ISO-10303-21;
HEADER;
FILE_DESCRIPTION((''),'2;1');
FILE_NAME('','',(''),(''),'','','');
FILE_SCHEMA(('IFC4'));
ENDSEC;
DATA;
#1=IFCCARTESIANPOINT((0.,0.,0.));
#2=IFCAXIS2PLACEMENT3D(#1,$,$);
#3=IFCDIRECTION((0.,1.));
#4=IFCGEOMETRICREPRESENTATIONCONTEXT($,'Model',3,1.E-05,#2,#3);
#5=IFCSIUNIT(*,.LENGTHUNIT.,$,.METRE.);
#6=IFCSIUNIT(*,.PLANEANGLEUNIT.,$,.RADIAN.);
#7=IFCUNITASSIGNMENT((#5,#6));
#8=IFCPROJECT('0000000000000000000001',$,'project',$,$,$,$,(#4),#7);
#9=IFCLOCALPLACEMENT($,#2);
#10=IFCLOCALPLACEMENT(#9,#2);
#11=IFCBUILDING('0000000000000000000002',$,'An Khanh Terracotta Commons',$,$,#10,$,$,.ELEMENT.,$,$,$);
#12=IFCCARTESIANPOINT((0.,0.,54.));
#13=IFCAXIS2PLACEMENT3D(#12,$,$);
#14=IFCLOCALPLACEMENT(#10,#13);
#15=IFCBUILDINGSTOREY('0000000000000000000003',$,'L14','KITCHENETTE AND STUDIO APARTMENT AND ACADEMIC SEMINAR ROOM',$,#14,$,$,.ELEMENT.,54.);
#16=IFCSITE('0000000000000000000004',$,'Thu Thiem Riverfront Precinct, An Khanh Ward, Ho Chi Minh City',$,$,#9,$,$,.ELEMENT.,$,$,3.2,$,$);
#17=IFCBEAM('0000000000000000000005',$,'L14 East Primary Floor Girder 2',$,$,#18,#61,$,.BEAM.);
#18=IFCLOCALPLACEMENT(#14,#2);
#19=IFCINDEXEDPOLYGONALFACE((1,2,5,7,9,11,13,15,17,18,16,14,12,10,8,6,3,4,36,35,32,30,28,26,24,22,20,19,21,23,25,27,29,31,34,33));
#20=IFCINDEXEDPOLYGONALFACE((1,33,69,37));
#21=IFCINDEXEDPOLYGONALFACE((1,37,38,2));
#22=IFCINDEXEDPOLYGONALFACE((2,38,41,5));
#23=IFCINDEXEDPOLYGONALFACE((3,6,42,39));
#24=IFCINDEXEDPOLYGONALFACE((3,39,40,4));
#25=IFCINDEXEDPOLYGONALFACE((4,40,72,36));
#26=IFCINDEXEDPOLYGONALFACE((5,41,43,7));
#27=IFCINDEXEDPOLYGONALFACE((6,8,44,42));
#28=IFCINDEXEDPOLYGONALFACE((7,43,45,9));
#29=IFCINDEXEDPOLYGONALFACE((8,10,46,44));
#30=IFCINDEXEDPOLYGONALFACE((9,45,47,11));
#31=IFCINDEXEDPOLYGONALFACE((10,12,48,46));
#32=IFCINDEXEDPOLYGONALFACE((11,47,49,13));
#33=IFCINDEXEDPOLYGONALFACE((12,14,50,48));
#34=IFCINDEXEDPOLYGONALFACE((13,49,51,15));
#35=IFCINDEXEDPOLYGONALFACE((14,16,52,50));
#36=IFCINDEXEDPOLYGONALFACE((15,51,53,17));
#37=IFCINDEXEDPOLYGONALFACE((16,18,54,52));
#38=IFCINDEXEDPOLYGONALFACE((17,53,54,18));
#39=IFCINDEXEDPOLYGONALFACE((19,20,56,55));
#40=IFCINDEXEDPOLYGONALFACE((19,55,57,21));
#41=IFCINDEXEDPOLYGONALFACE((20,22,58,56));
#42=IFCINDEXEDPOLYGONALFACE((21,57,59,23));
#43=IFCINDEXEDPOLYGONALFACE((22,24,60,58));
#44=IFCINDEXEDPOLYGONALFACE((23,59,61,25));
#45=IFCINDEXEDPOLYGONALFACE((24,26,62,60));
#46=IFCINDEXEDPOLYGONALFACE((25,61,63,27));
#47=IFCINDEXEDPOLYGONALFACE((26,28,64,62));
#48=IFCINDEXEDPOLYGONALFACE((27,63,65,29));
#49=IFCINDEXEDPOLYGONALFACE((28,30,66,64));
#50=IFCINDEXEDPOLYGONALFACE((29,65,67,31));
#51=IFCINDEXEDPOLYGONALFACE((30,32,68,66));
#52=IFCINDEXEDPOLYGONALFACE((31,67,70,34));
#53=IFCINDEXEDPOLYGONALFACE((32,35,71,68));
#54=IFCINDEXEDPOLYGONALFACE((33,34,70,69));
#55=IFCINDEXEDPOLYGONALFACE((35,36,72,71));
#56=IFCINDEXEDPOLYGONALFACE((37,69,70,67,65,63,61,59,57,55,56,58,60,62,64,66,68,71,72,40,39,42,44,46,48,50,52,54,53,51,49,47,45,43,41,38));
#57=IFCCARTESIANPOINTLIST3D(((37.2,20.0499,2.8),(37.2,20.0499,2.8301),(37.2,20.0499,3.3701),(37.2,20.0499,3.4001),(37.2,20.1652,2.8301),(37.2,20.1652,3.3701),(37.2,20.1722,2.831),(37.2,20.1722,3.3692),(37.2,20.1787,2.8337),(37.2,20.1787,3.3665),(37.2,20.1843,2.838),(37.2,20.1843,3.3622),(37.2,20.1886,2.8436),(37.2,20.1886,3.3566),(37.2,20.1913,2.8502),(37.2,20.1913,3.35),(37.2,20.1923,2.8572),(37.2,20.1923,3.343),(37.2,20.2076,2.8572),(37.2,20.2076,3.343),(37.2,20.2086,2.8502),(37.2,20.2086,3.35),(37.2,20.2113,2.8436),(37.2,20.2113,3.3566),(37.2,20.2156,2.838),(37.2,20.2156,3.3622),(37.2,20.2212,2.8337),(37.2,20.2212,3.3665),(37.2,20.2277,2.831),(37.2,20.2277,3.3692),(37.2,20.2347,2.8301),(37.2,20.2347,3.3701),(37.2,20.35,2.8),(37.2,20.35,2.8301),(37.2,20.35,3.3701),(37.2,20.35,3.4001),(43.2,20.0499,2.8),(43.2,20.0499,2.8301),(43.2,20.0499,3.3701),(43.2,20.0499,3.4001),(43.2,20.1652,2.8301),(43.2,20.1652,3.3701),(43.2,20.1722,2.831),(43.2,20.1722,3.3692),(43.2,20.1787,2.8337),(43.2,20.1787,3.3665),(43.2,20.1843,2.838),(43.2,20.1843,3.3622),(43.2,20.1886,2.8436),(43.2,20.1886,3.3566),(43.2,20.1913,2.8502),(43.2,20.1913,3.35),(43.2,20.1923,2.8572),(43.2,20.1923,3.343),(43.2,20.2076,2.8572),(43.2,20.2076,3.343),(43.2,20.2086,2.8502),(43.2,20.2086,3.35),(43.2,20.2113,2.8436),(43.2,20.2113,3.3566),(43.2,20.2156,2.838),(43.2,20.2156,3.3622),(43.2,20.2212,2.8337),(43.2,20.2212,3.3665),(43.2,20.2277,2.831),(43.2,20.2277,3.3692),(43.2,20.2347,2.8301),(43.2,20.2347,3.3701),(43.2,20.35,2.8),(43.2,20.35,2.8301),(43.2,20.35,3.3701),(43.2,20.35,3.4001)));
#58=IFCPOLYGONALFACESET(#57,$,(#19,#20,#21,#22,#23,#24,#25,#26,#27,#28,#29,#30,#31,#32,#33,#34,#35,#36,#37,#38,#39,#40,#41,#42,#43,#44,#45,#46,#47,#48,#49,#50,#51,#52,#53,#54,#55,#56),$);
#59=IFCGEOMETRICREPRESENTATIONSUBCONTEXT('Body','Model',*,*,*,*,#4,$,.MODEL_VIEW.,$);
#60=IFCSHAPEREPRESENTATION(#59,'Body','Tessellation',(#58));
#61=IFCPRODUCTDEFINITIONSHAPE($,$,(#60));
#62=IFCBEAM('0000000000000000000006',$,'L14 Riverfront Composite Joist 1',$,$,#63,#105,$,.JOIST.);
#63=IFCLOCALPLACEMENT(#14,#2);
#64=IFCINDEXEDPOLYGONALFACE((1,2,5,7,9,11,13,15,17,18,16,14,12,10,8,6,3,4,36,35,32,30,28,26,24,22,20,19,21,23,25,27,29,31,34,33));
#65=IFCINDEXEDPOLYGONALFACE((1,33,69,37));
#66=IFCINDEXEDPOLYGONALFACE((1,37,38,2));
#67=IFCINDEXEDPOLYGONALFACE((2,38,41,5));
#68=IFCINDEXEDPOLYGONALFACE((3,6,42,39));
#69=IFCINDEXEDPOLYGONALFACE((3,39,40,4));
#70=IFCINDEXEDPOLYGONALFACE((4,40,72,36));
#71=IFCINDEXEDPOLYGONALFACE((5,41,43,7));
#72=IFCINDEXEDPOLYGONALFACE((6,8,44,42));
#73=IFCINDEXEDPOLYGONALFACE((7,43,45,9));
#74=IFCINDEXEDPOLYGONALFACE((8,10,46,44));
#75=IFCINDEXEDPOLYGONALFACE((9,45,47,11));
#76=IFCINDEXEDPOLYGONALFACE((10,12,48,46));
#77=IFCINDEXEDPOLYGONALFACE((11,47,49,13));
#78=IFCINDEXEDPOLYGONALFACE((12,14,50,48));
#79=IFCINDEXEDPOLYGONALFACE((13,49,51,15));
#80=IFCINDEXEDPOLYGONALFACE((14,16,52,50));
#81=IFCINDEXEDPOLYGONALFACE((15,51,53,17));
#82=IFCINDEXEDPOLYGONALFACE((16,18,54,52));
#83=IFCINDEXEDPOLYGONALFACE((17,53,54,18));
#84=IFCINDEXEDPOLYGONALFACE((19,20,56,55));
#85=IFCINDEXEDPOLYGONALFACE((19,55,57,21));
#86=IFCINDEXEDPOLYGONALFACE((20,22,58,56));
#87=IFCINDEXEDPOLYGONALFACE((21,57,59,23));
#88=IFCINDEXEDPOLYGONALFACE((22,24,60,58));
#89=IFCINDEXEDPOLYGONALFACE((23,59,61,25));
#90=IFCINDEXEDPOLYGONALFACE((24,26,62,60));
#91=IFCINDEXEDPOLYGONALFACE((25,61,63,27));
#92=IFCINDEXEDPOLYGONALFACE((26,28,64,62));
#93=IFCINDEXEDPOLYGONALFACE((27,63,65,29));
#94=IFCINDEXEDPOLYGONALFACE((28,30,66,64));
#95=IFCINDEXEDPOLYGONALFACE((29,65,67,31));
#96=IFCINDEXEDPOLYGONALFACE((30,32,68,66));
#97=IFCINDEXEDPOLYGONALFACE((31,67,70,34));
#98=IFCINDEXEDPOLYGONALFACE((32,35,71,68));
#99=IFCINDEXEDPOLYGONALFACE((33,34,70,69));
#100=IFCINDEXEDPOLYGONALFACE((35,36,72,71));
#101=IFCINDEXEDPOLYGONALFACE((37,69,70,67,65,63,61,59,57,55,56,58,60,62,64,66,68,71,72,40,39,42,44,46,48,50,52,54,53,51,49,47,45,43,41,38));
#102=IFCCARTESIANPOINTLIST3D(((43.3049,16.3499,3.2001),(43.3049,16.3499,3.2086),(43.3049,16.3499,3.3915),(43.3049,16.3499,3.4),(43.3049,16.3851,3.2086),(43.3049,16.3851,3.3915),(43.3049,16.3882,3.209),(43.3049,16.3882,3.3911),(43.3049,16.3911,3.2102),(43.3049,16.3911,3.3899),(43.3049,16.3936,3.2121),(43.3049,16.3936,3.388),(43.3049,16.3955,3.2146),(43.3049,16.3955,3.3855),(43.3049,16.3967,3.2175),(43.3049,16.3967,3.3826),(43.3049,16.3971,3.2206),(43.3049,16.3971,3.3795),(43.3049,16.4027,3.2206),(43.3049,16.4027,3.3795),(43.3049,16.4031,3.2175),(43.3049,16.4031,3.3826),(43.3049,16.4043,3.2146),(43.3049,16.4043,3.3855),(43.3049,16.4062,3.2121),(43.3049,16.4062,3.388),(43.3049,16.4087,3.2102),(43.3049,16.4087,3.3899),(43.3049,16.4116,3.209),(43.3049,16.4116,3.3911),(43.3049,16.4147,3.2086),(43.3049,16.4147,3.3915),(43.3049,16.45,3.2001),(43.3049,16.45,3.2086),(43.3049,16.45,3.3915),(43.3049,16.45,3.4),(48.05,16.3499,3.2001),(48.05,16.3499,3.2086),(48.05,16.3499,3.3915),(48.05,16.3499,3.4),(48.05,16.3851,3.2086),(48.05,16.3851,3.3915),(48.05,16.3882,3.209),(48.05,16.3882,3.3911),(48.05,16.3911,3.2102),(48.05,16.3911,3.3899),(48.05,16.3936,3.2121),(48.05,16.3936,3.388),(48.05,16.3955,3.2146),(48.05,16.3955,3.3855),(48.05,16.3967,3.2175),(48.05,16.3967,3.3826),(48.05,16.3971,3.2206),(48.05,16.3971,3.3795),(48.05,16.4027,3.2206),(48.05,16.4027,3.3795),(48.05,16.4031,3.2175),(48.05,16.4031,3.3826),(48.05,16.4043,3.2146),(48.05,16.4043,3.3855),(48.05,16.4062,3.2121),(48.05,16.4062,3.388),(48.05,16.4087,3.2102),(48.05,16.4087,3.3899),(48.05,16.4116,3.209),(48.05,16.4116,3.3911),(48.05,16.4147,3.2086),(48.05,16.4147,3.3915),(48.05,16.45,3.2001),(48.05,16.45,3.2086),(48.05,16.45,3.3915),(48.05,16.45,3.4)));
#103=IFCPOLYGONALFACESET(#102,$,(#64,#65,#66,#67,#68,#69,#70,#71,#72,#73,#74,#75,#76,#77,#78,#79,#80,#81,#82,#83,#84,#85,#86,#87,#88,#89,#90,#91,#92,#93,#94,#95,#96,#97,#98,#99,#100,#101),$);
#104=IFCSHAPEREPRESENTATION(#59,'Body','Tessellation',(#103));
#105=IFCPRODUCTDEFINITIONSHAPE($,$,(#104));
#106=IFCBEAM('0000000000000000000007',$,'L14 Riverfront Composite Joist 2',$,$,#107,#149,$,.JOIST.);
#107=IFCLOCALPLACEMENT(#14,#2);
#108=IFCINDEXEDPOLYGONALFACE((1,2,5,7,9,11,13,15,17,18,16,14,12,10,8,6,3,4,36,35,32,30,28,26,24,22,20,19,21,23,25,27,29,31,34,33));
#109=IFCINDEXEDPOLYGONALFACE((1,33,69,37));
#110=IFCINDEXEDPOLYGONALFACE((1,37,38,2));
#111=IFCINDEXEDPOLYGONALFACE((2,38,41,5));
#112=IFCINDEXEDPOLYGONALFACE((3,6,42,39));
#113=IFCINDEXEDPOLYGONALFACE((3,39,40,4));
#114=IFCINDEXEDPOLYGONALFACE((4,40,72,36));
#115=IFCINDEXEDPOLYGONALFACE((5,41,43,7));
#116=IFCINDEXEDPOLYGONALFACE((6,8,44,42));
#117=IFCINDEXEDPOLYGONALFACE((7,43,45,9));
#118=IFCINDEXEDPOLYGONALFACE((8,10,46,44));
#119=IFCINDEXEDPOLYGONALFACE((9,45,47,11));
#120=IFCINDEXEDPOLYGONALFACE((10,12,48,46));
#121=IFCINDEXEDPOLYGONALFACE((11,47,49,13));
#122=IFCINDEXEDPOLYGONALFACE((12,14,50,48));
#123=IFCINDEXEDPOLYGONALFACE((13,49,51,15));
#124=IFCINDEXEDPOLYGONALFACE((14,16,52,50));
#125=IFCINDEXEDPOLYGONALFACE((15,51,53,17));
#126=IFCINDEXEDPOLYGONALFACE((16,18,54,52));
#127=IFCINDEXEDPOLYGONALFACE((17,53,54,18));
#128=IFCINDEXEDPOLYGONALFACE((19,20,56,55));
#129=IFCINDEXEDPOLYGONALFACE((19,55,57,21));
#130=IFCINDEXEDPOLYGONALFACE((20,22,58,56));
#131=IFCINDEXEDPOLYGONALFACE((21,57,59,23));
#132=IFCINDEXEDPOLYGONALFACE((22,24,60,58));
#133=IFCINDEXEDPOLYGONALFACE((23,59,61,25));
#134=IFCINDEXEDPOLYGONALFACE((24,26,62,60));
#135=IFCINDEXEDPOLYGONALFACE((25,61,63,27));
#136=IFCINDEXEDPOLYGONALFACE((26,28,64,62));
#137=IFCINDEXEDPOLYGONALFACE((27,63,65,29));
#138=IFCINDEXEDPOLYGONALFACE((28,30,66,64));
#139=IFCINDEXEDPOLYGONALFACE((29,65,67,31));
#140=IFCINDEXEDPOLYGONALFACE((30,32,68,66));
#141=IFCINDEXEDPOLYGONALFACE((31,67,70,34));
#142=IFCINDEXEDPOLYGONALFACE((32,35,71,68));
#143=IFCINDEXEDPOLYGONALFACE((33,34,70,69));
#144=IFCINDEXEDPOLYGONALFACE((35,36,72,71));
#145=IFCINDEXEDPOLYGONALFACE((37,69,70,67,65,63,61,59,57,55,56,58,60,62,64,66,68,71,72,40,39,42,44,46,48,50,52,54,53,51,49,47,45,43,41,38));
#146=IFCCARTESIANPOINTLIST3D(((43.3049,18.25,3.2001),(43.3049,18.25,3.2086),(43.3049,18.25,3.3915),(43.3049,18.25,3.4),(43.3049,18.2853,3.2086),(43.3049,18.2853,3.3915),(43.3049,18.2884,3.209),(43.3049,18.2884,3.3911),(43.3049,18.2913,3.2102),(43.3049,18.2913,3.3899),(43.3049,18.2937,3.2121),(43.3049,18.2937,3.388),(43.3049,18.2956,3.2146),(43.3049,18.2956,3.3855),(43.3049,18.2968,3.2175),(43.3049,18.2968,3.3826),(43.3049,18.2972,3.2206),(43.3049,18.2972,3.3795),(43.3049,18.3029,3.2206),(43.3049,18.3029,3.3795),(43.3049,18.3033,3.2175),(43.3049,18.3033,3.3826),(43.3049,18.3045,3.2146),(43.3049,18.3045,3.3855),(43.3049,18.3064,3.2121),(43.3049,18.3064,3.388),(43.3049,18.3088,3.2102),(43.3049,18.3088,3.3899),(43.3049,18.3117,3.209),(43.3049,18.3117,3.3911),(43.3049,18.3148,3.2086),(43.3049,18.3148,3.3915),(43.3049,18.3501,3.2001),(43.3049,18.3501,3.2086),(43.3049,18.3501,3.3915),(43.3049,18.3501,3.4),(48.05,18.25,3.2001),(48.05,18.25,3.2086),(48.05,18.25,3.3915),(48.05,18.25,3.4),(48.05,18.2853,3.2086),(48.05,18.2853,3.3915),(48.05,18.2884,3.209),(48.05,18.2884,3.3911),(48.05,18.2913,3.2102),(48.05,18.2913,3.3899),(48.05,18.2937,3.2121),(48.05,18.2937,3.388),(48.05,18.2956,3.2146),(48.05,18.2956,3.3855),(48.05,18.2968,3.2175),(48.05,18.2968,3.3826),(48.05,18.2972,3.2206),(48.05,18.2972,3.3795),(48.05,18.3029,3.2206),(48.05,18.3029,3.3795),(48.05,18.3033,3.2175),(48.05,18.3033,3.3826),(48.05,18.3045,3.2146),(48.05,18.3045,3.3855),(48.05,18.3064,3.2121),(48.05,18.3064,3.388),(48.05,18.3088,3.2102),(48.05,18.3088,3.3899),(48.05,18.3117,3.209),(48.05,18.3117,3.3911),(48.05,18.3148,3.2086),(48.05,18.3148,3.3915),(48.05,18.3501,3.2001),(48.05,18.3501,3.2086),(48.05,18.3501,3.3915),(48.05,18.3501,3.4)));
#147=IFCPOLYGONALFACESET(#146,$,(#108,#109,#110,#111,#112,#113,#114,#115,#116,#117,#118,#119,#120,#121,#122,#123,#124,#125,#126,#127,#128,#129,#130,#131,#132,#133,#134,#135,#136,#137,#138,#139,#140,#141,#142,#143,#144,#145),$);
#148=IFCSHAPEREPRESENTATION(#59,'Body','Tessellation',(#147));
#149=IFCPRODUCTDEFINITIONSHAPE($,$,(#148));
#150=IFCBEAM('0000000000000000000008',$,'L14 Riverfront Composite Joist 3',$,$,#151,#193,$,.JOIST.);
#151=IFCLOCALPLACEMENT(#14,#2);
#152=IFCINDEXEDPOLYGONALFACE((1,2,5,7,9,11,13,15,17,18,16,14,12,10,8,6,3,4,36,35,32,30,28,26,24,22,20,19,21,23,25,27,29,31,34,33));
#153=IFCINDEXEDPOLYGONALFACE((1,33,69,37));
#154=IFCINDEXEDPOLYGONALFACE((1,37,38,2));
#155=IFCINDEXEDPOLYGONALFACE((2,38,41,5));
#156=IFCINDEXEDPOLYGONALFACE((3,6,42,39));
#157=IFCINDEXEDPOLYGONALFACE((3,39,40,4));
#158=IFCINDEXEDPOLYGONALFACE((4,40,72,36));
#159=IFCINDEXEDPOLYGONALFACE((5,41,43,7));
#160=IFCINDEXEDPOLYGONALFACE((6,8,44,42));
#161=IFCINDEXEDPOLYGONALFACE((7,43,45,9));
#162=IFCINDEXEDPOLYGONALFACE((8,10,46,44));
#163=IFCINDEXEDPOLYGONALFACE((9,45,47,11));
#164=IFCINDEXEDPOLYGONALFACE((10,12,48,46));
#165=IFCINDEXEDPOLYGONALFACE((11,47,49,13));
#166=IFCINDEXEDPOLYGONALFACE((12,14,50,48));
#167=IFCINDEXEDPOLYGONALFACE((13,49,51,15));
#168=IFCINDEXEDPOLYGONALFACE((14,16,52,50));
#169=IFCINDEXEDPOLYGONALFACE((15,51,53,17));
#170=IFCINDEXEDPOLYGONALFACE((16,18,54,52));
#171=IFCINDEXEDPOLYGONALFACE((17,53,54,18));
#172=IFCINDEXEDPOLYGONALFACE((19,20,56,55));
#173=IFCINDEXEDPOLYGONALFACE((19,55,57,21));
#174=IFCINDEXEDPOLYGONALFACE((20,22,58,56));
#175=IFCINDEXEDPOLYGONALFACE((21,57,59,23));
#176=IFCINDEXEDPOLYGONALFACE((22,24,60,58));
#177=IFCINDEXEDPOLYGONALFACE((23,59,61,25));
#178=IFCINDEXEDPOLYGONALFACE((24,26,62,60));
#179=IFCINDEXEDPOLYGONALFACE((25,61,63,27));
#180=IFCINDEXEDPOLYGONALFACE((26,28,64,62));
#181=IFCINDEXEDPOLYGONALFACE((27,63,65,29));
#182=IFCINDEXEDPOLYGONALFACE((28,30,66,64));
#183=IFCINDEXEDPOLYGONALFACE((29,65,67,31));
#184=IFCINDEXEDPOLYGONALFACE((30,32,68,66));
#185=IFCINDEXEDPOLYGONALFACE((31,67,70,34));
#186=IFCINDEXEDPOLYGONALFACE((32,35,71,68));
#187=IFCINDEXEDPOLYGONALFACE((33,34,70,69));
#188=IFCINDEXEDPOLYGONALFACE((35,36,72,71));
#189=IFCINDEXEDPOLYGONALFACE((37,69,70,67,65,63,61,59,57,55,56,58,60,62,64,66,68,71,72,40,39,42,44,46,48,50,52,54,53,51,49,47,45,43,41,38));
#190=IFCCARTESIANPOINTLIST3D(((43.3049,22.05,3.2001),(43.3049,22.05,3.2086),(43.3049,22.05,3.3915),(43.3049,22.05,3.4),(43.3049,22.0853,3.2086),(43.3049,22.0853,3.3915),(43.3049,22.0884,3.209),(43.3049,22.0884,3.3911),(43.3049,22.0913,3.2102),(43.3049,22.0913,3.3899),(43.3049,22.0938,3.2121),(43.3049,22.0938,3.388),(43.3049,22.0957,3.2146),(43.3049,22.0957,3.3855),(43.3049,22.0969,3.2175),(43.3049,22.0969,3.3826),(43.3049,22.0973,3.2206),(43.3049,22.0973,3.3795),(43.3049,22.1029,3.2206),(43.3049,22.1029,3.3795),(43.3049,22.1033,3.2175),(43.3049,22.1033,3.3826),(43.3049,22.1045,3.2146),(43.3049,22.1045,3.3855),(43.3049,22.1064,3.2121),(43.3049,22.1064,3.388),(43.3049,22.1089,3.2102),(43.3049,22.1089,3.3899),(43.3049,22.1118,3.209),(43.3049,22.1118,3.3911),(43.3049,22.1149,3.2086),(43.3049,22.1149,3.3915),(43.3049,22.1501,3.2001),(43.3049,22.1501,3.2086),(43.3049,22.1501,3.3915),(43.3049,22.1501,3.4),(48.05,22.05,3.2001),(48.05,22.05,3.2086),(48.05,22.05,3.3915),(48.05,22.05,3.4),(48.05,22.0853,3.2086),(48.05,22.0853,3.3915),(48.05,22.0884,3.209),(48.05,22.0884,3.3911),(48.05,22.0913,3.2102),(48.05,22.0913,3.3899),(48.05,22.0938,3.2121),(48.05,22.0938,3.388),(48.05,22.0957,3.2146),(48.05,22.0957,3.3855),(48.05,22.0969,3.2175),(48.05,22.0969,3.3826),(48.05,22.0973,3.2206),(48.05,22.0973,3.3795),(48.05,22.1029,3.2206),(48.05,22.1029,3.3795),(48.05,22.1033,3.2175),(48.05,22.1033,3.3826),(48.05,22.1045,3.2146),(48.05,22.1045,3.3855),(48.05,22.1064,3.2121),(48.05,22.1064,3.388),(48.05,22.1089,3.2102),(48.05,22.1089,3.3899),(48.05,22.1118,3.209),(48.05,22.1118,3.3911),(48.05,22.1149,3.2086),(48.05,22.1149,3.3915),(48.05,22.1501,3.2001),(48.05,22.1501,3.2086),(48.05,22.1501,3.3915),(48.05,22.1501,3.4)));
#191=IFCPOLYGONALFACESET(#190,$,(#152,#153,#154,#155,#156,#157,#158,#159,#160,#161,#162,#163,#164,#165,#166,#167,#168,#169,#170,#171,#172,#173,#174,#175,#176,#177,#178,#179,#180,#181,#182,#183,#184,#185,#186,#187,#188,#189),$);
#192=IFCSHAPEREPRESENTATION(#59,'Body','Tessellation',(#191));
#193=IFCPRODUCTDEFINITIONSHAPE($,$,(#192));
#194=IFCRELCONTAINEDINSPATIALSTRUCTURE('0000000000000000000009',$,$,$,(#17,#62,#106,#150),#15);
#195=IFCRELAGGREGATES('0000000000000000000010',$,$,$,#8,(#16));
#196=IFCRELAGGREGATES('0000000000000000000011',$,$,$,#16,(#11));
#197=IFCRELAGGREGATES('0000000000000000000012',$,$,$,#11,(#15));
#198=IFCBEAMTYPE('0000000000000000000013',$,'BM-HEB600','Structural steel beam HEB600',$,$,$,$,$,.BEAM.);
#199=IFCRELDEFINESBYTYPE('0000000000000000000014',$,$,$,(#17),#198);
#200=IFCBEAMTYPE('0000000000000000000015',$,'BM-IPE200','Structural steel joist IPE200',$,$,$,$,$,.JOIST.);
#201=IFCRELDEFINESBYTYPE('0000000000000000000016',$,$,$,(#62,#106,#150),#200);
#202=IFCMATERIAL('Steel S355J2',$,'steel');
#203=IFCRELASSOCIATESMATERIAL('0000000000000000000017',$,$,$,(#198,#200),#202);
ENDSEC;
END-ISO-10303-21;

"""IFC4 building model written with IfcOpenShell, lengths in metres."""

from ifc_helpers import new_model, si_unit, direction, frame, origin, origin_2d, place, context, subcontext, project, spatial, i_section, extrude, material, material_profile, profile_set, type_object, element, save


model = new_model("IFC4")

# Units and contexts
model_context = context("Model", 3, precision=1e-05, world=origin(), true_north=direction((0.0, 1.0)))
body_context = subcontext(model_context, "Body", "Model", "MODEL_VIEW")
ifc_project = project(units=[si_unit("LENGTHUNIT", "METRE"), si_unit("PLANEANGLEUNIT", "RADIAN")], contexts=[model_context])

# Site, building, storey
site_placement = place(None, origin())
site = spatial("IfcSite", under=ifc_project, at=site_placement, Name="Thu Thiem Riverfront Precinct, An Khanh Ward, Ho Chi Minh City", CompositionType="ELEMENT", RefElevation=3.2)
building_placement = place(site_placement, origin())
building = spatial("IfcBuilding", under=site, at=building_placement, Name="An Khanh Terracotta Commons", CompositionType="ELEMENT")
storey_placement = place(building_placement, frame((0.0, 0.0, 54.0)))
storey = spatial("IfcBuildingStorey", under=building, at=storey_placement, Name="L14", Description="KITCHENETTE AND STUDIO APARTMENT AND ACADEMIC SEMINAR ROOM", CompositionType="ELEMENT", Elevation=54.0)

# Beams
ifc_material_1 = material(Name="Steel S355J2", Category="steel")
ifc_material_profile_1 = material_profile(ifc_material_1, i_section(OverallWidth=0.3, OverallDepth=0.6001, WebThickness=0.0154, FlangeThickness=0.03, FilletRadius=0.0271, at=origin_2d()), Name="HEB600")
ifc_profile_set_1 = profile_set([ifc_material_profile_1], Name="Steel S355J2")
beam_type_1 = type_object("IfcBeamType", Name="BM-HEB600", Description="Structural steel beam HEB600", PredefinedType="BEAM", material=ifc_profile_set_1)
for number, where, z_axis, x_axis, name in (
    (1, (37.2, 20.2, 3.1001), (1.0, 0.0, 0.0), (0.0, 1.0, 0.0), "L14 East Primary Floor Girder 2"),
):
    element("IfcBeam", number, at=place(storey_placement, frame(where, z_axis=z_axis, x_axis=x_axis)), inside=storey, type_object=beam_type_1, Name=name, PredefinedType="BEAM", context=body_context, shape_type="SweptSolid", body=[
        extrude(i_section(OverallWidth=0.3, OverallDepth=0.6001, WebThickness=0.0154, FlangeThickness=0.03, FilletRadius=0.0271, at=origin_2d()), origin(), (0.0, 0.0, 1.0), 6.0),
    ])
ifc_material_profile_2 = material_profile(ifc_material_1, i_section(OverallWidth=0.1001, OverallDepth=0.2, WebThickness=0.0056, FlangeThickness=0.0085, FilletRadius=0.012, at=origin_2d()), Name="IPE200")
ifc_profile_set_2 = profile_set([ifc_material_profile_2], Name="Steel S355J2")
beam_type_2 = type_object("IfcBeamType", Name="BM-IPE200", Description="Structural steel joist IPE200", PredefinedType="JOIST", material=ifc_profile_set_2)
for number, where, z_axis, x_axis, name in (
    (2, (43.3049, 16.3999, 3.3), (1.0, 0.0, 0.0), (0.0, 1.0, 0.0), "L14 Riverfront Composite Joist 1"),
    (3, (43.3049, 18.3, 3.3), (1.0, 0.0, 0.0), (0.0, 1.0, 0.0), "L14 Riverfront Composite Joist 2"),
    (4, (43.3049, 22.1001, 3.3), (1.0, 0.0, 0.0), (0.0, 1.0, 0.0), "L14 Riverfront Composite Joist 3"),
):
    element("IfcBeam", number, at=place(storey_placement, frame(where, z_axis=z_axis, x_axis=x_axis)), inside=storey, type_object=beam_type_2, Name=name, PredefinedType="JOIST", context=body_context, shape_type="SweptSolid", body=[
        extrude(i_section(OverallWidth=0.1001, OverallDepth=0.2, WebThickness=0.0056, FlangeThickness=0.0085, FilletRadius=0.012, at=origin_2d()), origin(), (0.0, 0.0, 1.0), 4.7451),
    ])

save(model, "model.ifc")
